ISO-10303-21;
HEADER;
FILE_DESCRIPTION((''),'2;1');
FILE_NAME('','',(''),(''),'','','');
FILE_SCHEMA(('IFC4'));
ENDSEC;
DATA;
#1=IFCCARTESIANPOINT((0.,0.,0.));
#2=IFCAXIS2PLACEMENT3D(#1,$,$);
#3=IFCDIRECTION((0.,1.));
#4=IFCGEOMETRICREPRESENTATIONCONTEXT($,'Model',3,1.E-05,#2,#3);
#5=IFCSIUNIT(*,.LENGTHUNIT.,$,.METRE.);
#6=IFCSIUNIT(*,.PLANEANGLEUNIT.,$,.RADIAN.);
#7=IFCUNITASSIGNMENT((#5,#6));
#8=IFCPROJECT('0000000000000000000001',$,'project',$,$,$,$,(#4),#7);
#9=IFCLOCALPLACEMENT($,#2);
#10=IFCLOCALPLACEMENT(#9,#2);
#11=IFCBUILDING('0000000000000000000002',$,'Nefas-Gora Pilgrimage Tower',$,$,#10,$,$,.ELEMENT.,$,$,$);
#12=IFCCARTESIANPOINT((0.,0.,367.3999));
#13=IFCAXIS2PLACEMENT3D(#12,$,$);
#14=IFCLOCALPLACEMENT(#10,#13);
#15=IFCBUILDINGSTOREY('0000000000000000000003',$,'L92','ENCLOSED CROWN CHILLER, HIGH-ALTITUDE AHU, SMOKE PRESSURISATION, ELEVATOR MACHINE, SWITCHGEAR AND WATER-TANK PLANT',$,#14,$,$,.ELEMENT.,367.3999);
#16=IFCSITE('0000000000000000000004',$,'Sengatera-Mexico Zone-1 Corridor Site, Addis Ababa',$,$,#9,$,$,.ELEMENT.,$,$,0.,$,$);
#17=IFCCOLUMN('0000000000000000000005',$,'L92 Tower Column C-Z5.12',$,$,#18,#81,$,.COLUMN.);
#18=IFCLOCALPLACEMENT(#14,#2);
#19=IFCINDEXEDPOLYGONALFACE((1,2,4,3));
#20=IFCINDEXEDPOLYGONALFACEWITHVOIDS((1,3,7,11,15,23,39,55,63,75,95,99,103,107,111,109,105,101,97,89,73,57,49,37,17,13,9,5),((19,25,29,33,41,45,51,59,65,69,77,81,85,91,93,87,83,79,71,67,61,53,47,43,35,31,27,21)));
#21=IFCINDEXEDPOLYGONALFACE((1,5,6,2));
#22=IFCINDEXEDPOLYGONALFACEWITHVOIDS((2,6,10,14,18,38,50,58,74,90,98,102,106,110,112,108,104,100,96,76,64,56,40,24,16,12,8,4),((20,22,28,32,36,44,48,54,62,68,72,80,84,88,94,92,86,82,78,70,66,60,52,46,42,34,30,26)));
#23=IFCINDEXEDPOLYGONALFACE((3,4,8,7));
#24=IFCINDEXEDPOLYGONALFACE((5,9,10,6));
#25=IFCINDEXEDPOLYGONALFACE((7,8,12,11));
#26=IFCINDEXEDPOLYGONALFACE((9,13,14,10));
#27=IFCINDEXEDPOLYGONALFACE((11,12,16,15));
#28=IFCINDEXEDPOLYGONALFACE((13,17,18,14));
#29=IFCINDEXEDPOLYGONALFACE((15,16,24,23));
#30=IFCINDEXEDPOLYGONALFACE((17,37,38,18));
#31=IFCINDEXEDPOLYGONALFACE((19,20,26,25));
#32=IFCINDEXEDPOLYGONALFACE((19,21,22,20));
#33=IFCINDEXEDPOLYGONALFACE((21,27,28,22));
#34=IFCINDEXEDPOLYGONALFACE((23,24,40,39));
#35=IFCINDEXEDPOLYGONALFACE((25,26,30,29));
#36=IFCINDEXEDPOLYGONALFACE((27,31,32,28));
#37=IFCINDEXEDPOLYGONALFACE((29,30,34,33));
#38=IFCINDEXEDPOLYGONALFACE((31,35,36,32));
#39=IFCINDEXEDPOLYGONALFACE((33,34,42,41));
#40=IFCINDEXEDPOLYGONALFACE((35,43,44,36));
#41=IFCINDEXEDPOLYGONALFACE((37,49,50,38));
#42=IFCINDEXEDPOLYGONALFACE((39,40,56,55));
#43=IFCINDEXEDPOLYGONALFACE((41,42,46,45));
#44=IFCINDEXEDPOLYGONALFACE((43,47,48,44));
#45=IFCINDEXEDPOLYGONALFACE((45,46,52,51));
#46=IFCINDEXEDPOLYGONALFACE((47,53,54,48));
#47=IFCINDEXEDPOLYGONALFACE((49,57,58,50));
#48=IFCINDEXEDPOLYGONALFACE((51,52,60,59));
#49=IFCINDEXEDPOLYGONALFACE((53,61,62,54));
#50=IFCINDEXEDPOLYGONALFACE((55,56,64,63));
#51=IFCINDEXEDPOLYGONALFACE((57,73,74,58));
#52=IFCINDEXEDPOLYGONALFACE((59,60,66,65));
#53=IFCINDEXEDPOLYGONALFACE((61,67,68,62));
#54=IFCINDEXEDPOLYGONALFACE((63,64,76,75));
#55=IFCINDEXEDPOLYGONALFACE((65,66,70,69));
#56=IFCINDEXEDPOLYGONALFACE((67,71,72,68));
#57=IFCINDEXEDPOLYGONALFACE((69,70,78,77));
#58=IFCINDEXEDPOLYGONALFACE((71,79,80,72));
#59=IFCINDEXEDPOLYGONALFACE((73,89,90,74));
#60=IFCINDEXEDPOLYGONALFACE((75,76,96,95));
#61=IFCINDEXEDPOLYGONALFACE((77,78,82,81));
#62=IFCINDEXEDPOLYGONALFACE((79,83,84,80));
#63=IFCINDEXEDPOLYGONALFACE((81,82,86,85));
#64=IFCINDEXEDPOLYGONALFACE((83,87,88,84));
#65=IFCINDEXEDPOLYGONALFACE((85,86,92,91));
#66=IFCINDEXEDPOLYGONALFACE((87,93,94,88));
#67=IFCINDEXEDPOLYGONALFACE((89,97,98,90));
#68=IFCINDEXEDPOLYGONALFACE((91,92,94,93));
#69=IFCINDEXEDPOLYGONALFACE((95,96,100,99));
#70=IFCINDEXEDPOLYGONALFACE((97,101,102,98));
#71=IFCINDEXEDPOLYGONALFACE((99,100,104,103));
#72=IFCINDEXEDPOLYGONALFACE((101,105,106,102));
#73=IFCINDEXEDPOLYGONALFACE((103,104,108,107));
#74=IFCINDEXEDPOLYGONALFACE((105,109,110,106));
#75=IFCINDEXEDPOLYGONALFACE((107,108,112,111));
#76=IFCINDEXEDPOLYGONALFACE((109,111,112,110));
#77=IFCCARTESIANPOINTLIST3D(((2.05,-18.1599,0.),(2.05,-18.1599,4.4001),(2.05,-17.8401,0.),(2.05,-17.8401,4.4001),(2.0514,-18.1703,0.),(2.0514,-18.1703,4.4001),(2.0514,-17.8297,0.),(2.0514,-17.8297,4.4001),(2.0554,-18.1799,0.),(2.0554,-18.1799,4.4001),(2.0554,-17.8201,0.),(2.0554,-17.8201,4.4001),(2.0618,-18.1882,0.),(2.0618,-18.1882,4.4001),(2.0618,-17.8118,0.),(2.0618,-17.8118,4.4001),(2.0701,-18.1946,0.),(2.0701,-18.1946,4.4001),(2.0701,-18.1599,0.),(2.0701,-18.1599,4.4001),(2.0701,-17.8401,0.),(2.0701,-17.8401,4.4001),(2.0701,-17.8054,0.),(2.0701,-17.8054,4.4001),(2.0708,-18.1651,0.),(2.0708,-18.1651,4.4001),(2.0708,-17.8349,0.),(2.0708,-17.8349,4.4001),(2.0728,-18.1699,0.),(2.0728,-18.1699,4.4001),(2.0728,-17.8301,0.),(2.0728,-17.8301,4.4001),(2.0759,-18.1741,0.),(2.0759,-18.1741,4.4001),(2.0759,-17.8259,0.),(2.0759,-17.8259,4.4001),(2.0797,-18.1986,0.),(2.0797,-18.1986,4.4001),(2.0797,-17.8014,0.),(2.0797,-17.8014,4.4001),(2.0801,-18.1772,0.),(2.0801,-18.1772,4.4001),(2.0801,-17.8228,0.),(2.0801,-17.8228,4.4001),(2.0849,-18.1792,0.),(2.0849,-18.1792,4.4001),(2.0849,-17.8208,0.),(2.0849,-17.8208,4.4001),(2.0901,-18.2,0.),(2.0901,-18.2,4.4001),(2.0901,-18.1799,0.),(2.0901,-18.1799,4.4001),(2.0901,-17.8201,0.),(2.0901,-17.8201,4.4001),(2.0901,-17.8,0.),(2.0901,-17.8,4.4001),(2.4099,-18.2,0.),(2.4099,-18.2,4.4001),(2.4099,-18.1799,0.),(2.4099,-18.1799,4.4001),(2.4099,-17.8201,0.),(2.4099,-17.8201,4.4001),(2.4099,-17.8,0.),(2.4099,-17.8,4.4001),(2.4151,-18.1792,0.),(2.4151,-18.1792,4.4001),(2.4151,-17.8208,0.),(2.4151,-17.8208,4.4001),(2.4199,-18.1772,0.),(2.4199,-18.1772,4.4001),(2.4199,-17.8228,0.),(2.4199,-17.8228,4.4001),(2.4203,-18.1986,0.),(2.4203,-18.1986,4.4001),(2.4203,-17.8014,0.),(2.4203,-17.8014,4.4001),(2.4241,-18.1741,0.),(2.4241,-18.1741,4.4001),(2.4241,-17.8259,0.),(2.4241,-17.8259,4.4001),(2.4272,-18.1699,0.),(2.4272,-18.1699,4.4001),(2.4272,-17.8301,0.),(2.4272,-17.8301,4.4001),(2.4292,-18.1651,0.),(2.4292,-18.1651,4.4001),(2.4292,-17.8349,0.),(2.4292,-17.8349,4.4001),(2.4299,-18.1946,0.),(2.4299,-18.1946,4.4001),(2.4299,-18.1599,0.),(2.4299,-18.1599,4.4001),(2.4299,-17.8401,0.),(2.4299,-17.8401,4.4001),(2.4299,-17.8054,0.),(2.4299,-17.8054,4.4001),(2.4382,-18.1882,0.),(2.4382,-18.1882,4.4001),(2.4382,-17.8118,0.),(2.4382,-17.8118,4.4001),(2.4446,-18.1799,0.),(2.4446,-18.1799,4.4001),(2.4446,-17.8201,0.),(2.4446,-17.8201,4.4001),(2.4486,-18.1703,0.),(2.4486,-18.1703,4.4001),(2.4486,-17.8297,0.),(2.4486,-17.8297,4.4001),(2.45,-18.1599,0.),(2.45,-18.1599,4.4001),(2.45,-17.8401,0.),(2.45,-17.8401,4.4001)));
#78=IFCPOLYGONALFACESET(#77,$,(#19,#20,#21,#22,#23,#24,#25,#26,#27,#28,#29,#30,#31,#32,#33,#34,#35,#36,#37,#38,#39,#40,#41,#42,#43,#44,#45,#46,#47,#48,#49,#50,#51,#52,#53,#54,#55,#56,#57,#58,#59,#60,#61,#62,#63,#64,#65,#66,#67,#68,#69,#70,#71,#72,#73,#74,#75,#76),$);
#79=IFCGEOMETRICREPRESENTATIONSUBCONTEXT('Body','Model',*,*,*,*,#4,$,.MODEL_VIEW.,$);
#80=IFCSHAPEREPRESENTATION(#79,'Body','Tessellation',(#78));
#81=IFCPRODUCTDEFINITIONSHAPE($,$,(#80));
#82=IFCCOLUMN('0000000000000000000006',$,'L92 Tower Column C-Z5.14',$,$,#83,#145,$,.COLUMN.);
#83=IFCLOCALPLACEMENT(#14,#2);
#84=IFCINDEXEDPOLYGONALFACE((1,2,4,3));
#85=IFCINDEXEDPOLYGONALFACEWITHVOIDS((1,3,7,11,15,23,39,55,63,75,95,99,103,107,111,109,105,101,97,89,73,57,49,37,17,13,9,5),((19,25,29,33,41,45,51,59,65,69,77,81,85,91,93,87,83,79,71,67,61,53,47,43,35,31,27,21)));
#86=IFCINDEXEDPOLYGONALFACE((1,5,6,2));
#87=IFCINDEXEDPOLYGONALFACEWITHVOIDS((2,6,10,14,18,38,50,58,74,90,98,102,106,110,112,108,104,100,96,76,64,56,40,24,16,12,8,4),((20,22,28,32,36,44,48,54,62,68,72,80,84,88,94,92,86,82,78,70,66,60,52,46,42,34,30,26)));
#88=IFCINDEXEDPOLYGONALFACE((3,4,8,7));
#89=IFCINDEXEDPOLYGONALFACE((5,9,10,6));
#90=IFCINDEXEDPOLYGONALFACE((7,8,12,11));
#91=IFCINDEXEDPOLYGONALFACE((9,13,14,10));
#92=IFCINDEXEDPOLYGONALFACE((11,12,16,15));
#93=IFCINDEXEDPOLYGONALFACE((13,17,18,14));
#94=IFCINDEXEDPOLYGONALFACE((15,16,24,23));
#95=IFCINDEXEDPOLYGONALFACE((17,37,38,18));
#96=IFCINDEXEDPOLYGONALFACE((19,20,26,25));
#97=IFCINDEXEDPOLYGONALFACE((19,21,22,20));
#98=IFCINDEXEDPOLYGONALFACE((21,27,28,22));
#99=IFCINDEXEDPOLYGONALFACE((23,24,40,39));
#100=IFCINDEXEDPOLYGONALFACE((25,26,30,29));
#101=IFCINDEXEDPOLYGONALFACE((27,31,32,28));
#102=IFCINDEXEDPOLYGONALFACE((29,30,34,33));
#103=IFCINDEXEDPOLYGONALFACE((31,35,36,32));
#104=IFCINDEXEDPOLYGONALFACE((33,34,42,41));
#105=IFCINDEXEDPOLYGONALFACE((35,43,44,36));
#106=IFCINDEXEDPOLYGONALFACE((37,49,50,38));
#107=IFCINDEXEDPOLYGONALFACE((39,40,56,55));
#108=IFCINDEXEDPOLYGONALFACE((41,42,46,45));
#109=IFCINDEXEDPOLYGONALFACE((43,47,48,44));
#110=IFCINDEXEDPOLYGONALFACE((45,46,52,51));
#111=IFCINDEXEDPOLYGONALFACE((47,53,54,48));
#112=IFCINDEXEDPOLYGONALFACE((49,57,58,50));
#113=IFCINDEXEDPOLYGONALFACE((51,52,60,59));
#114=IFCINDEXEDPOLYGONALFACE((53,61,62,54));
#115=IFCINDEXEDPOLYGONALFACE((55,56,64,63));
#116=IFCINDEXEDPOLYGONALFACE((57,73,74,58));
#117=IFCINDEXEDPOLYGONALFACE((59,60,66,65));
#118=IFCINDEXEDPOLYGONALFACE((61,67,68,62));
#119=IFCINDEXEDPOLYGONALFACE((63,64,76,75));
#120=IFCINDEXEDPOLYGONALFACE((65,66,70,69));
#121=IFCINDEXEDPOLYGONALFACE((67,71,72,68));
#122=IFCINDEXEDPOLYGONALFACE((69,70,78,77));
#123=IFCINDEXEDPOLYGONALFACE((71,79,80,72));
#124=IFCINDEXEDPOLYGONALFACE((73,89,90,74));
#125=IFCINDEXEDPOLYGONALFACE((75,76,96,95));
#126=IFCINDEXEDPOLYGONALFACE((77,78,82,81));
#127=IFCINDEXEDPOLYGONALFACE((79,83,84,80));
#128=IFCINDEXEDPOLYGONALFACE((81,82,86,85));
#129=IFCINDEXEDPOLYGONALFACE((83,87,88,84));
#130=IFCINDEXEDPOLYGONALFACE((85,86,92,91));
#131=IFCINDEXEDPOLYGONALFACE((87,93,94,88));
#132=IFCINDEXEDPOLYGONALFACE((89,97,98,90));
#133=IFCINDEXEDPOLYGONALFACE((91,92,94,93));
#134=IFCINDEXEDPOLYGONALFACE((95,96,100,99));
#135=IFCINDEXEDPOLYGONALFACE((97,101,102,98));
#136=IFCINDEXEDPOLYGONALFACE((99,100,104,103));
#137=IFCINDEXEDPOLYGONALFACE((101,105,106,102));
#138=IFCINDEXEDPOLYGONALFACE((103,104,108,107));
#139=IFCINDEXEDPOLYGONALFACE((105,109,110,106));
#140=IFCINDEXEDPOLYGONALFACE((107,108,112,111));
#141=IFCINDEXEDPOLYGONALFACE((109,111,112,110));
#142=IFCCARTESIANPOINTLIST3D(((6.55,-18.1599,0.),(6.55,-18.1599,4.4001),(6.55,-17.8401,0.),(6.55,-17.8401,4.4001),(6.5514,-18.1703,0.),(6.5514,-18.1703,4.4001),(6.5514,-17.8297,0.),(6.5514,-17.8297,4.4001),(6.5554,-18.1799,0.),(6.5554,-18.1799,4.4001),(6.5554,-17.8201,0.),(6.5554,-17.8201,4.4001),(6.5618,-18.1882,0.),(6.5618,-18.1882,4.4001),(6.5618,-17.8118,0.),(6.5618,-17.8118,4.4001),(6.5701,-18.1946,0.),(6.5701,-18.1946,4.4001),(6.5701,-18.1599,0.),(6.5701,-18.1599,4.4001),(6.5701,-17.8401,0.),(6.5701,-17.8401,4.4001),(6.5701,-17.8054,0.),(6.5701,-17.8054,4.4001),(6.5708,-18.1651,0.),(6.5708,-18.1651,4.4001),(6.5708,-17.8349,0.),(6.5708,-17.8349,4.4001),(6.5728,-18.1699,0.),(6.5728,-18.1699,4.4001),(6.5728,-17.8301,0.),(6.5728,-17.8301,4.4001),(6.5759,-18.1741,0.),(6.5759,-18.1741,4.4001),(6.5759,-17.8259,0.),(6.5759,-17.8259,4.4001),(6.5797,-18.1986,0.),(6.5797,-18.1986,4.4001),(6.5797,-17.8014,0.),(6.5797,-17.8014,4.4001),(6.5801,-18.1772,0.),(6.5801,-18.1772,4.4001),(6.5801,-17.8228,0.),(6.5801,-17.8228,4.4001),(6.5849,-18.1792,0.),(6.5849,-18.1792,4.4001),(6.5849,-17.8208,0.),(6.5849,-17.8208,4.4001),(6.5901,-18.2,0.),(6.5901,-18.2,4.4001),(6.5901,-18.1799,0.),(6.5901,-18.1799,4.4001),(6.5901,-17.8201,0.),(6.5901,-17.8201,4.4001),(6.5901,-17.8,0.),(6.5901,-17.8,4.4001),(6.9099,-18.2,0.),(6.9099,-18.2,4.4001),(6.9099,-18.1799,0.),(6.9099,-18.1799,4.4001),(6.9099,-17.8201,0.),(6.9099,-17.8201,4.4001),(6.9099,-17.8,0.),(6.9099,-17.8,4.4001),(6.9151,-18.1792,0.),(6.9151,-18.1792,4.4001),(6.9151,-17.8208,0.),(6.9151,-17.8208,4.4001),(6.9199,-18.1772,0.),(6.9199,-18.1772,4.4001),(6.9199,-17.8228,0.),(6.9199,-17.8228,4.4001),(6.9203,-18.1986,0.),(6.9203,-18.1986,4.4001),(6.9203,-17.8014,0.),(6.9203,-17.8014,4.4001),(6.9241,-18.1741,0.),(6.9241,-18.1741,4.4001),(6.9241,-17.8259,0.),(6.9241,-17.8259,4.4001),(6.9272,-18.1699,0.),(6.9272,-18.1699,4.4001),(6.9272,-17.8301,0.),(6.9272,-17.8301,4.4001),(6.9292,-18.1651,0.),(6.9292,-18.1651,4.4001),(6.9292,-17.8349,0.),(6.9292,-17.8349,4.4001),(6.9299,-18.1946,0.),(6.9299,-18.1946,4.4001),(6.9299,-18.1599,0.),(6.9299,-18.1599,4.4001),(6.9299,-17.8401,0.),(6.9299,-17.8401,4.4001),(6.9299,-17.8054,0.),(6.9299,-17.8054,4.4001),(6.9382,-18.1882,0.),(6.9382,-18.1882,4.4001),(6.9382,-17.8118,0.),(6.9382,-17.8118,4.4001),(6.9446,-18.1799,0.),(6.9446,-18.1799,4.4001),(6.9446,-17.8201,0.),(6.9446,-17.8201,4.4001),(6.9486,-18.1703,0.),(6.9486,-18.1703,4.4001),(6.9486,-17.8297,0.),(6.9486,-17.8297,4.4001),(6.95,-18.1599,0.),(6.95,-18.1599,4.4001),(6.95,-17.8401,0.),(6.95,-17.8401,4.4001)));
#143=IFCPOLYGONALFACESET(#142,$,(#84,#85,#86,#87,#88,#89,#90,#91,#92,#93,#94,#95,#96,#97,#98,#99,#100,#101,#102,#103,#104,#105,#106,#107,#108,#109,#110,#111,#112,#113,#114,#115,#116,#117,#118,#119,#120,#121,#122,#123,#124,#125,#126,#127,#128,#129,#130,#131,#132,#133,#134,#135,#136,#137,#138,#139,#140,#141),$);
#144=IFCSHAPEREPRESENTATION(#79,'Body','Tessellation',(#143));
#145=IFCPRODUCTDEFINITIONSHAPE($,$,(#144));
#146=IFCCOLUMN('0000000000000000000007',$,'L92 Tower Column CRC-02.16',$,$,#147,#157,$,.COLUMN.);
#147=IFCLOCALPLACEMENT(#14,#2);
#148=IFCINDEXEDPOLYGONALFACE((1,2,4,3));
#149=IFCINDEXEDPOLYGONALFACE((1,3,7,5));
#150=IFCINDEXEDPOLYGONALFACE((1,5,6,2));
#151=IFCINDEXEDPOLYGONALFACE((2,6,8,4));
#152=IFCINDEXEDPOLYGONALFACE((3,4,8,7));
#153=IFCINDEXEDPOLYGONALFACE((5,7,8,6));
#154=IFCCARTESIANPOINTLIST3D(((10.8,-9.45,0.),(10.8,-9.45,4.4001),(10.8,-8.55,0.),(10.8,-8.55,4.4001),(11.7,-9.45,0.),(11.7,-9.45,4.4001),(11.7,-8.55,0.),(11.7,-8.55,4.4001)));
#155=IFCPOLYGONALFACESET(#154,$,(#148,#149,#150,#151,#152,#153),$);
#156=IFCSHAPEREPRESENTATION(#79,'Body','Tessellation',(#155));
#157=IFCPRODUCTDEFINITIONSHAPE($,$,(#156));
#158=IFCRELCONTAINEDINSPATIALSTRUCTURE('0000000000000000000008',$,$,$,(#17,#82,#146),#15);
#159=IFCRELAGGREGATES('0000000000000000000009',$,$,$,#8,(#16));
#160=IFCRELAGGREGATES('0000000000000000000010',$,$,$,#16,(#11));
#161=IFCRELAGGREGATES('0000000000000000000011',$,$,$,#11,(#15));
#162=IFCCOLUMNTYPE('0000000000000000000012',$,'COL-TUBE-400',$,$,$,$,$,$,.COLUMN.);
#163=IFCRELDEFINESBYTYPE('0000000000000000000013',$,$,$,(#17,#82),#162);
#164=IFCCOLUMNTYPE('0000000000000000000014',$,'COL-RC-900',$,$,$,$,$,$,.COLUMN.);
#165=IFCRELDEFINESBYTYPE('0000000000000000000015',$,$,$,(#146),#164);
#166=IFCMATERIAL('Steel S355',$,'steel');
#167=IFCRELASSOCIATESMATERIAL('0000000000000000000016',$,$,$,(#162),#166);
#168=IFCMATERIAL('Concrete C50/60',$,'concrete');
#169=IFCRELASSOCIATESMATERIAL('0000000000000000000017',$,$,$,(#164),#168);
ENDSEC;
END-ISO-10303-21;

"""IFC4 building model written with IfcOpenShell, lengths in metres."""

from ifc_helpers import new_model, si_unit, direction, frame, origin, origin_2d, place, context, subcontext, project, spatial, rectangle, hollow_rectangle, extrude, source, transform, mapped, material, material_profile, profile_set, type_object, element, save


model = new_model("IFC4")

# Units and contexts
model_context = context("Model", 3, precision=1e-05, world=origin(), true_north=direction((0.0, 1.0)))
body_context = subcontext(model_context, "Body", "Model", "MODEL_VIEW")
ifc_project = project(units=[si_unit("LENGTHUNIT", "METRE"), si_unit("PLANEANGLEUNIT", "RADIAN")], contexts=[model_context])

# Site, building, storey
site_placement = place(None, origin())
site = spatial("IfcSite", under=ifc_project, at=site_placement, Name="Sengatera-Mexico Zone-1 Corridor Site, Addis Ababa", CompositionType="ELEMENT", RefElevation=0.0)
building_placement = place(site_placement, origin())
building = spatial("IfcBuilding", under=site, at=building_placement, Name="Nefas-Gora Pilgrimage Tower", CompositionType="ELEMENT")
storey_placement = place(building_placement, frame((0.0, 0.0, 367.3999)))
storey = spatial("IfcBuildingStorey", under=building, at=storey_placement, Name="L92", Description="ENCLOSED CROWN CHILLER, HIGH-ALTITUDE AHU, SMOKE PRESSURISATION, ELEVATOR MACHINE, SWITCHGEAR AND WATER-TANK PLANT", CompositionType="ELEMENT", Elevation=367.3999)

# Columns
ifc_material_1 = material(Name="Steel S355", Category="steel")
ifc_material_profile_1 = material_profile(ifc_material_1, hollow_rectangle(XDim=0.3999, YDim=0.3999, WallThickness=0.02, InnerFilletRadius=0.02, OuterFilletRadius=0.04, at=origin_2d()), Name="SHS 400x400x20")
ifc_profile_set_1 = profile_set([ifc_material_profile_1], Name="Steel S355")
column_type_1 = type_object("IfcColumnType", Name="COL-TUBE-400", PredefinedType="COLUMN", material=ifc_profile_set_1)
shared_shape_1 = source(origin(), body_context, "Body", "SweptSolid", [
    extrude(hollow_rectangle(XDim=0.3999, YDim=0.3999, WallThickness=0.02, InnerFilletRadius=0.02, OuterFilletRadius=0.04, at=origin_2d()), origin(), (0.0, 0.0, 1.0), 4.4001),
])
for number, where, z_axis, x_axis, name in (
    (1, (2.25, -18.0, 0.0), (0.0, 0.0, 1.0), (1.0, 0.0, 0.0), "L92 Tower Column C-Z5.12"),
    (2, (6.75, -18.0, 0.0), (0.0, 0.0, 1.0), (1.0, 0.0, 0.0), "L92 Tower Column C-Z5.14"),
):
    element("IfcColumn", number, at=place(storey_placement, frame(where, z_axis=z_axis, x_axis=x_axis)), inside=storey, type_object=column_type_1, Name=name, PredefinedType="COLUMN", context=body_context, shape_type="MappedRepresentation", body=[
        mapped(shared_shape_1, transform((0.0, 0.0, 0.0), x_axis=(1.0, 0.0, 0.0), y_axis=(0.0, 1.0, 0.0), z_axis=(0.0, 0.0, 1.0), scale=1.0)),
    ])
ifc_material_2 = material(Name="Concrete C50/60", Category="concrete")
ifc_material_profile_2 = material_profile(ifc_material_2, rectangle(XDim=0.8999, YDim=0.8999, at=origin_2d()), Name="RC 900x900")
ifc_profile_set_2 = profile_set([ifc_material_profile_2], Name="Concrete C50/60")
column_type_2 = type_object("IfcColumnType", Name="COL-RC-900", PredefinedType="COLUMN", material=ifc_profile_set_2)
shared_shape_2 = source(origin(), body_context, "Body", "SweptSolid", [
    extrude(rectangle(XDim=0.8999, YDim=0.8999, at=origin_2d()), origin(), (0.0, 0.0, 1.0), 4.4001),
])
column_placement = place(storey_placement, frame((11.25, -9.0, 0.0), z_axis=(0.0, 0.0, 1.0), x_axis=(1.0, 0.0, 0.0)))
element("IfcColumn", 3, at=column_placement, inside=storey, type_object=column_type_2, Name="L92 Tower Column CRC-02.16", PredefinedType="COLUMN", context=body_context, shape_type="MappedRepresentation", body=[
    mapped(shared_shape_2, transform((0.0, 0.0, 0.0), x_axis=(1.0, 0.0, 0.0), y_axis=(0.0, 1.0, 0.0), z_axis=(0.0, 0.0, 1.0), scale=1.0)),
])

save(model, "model.ifc")
